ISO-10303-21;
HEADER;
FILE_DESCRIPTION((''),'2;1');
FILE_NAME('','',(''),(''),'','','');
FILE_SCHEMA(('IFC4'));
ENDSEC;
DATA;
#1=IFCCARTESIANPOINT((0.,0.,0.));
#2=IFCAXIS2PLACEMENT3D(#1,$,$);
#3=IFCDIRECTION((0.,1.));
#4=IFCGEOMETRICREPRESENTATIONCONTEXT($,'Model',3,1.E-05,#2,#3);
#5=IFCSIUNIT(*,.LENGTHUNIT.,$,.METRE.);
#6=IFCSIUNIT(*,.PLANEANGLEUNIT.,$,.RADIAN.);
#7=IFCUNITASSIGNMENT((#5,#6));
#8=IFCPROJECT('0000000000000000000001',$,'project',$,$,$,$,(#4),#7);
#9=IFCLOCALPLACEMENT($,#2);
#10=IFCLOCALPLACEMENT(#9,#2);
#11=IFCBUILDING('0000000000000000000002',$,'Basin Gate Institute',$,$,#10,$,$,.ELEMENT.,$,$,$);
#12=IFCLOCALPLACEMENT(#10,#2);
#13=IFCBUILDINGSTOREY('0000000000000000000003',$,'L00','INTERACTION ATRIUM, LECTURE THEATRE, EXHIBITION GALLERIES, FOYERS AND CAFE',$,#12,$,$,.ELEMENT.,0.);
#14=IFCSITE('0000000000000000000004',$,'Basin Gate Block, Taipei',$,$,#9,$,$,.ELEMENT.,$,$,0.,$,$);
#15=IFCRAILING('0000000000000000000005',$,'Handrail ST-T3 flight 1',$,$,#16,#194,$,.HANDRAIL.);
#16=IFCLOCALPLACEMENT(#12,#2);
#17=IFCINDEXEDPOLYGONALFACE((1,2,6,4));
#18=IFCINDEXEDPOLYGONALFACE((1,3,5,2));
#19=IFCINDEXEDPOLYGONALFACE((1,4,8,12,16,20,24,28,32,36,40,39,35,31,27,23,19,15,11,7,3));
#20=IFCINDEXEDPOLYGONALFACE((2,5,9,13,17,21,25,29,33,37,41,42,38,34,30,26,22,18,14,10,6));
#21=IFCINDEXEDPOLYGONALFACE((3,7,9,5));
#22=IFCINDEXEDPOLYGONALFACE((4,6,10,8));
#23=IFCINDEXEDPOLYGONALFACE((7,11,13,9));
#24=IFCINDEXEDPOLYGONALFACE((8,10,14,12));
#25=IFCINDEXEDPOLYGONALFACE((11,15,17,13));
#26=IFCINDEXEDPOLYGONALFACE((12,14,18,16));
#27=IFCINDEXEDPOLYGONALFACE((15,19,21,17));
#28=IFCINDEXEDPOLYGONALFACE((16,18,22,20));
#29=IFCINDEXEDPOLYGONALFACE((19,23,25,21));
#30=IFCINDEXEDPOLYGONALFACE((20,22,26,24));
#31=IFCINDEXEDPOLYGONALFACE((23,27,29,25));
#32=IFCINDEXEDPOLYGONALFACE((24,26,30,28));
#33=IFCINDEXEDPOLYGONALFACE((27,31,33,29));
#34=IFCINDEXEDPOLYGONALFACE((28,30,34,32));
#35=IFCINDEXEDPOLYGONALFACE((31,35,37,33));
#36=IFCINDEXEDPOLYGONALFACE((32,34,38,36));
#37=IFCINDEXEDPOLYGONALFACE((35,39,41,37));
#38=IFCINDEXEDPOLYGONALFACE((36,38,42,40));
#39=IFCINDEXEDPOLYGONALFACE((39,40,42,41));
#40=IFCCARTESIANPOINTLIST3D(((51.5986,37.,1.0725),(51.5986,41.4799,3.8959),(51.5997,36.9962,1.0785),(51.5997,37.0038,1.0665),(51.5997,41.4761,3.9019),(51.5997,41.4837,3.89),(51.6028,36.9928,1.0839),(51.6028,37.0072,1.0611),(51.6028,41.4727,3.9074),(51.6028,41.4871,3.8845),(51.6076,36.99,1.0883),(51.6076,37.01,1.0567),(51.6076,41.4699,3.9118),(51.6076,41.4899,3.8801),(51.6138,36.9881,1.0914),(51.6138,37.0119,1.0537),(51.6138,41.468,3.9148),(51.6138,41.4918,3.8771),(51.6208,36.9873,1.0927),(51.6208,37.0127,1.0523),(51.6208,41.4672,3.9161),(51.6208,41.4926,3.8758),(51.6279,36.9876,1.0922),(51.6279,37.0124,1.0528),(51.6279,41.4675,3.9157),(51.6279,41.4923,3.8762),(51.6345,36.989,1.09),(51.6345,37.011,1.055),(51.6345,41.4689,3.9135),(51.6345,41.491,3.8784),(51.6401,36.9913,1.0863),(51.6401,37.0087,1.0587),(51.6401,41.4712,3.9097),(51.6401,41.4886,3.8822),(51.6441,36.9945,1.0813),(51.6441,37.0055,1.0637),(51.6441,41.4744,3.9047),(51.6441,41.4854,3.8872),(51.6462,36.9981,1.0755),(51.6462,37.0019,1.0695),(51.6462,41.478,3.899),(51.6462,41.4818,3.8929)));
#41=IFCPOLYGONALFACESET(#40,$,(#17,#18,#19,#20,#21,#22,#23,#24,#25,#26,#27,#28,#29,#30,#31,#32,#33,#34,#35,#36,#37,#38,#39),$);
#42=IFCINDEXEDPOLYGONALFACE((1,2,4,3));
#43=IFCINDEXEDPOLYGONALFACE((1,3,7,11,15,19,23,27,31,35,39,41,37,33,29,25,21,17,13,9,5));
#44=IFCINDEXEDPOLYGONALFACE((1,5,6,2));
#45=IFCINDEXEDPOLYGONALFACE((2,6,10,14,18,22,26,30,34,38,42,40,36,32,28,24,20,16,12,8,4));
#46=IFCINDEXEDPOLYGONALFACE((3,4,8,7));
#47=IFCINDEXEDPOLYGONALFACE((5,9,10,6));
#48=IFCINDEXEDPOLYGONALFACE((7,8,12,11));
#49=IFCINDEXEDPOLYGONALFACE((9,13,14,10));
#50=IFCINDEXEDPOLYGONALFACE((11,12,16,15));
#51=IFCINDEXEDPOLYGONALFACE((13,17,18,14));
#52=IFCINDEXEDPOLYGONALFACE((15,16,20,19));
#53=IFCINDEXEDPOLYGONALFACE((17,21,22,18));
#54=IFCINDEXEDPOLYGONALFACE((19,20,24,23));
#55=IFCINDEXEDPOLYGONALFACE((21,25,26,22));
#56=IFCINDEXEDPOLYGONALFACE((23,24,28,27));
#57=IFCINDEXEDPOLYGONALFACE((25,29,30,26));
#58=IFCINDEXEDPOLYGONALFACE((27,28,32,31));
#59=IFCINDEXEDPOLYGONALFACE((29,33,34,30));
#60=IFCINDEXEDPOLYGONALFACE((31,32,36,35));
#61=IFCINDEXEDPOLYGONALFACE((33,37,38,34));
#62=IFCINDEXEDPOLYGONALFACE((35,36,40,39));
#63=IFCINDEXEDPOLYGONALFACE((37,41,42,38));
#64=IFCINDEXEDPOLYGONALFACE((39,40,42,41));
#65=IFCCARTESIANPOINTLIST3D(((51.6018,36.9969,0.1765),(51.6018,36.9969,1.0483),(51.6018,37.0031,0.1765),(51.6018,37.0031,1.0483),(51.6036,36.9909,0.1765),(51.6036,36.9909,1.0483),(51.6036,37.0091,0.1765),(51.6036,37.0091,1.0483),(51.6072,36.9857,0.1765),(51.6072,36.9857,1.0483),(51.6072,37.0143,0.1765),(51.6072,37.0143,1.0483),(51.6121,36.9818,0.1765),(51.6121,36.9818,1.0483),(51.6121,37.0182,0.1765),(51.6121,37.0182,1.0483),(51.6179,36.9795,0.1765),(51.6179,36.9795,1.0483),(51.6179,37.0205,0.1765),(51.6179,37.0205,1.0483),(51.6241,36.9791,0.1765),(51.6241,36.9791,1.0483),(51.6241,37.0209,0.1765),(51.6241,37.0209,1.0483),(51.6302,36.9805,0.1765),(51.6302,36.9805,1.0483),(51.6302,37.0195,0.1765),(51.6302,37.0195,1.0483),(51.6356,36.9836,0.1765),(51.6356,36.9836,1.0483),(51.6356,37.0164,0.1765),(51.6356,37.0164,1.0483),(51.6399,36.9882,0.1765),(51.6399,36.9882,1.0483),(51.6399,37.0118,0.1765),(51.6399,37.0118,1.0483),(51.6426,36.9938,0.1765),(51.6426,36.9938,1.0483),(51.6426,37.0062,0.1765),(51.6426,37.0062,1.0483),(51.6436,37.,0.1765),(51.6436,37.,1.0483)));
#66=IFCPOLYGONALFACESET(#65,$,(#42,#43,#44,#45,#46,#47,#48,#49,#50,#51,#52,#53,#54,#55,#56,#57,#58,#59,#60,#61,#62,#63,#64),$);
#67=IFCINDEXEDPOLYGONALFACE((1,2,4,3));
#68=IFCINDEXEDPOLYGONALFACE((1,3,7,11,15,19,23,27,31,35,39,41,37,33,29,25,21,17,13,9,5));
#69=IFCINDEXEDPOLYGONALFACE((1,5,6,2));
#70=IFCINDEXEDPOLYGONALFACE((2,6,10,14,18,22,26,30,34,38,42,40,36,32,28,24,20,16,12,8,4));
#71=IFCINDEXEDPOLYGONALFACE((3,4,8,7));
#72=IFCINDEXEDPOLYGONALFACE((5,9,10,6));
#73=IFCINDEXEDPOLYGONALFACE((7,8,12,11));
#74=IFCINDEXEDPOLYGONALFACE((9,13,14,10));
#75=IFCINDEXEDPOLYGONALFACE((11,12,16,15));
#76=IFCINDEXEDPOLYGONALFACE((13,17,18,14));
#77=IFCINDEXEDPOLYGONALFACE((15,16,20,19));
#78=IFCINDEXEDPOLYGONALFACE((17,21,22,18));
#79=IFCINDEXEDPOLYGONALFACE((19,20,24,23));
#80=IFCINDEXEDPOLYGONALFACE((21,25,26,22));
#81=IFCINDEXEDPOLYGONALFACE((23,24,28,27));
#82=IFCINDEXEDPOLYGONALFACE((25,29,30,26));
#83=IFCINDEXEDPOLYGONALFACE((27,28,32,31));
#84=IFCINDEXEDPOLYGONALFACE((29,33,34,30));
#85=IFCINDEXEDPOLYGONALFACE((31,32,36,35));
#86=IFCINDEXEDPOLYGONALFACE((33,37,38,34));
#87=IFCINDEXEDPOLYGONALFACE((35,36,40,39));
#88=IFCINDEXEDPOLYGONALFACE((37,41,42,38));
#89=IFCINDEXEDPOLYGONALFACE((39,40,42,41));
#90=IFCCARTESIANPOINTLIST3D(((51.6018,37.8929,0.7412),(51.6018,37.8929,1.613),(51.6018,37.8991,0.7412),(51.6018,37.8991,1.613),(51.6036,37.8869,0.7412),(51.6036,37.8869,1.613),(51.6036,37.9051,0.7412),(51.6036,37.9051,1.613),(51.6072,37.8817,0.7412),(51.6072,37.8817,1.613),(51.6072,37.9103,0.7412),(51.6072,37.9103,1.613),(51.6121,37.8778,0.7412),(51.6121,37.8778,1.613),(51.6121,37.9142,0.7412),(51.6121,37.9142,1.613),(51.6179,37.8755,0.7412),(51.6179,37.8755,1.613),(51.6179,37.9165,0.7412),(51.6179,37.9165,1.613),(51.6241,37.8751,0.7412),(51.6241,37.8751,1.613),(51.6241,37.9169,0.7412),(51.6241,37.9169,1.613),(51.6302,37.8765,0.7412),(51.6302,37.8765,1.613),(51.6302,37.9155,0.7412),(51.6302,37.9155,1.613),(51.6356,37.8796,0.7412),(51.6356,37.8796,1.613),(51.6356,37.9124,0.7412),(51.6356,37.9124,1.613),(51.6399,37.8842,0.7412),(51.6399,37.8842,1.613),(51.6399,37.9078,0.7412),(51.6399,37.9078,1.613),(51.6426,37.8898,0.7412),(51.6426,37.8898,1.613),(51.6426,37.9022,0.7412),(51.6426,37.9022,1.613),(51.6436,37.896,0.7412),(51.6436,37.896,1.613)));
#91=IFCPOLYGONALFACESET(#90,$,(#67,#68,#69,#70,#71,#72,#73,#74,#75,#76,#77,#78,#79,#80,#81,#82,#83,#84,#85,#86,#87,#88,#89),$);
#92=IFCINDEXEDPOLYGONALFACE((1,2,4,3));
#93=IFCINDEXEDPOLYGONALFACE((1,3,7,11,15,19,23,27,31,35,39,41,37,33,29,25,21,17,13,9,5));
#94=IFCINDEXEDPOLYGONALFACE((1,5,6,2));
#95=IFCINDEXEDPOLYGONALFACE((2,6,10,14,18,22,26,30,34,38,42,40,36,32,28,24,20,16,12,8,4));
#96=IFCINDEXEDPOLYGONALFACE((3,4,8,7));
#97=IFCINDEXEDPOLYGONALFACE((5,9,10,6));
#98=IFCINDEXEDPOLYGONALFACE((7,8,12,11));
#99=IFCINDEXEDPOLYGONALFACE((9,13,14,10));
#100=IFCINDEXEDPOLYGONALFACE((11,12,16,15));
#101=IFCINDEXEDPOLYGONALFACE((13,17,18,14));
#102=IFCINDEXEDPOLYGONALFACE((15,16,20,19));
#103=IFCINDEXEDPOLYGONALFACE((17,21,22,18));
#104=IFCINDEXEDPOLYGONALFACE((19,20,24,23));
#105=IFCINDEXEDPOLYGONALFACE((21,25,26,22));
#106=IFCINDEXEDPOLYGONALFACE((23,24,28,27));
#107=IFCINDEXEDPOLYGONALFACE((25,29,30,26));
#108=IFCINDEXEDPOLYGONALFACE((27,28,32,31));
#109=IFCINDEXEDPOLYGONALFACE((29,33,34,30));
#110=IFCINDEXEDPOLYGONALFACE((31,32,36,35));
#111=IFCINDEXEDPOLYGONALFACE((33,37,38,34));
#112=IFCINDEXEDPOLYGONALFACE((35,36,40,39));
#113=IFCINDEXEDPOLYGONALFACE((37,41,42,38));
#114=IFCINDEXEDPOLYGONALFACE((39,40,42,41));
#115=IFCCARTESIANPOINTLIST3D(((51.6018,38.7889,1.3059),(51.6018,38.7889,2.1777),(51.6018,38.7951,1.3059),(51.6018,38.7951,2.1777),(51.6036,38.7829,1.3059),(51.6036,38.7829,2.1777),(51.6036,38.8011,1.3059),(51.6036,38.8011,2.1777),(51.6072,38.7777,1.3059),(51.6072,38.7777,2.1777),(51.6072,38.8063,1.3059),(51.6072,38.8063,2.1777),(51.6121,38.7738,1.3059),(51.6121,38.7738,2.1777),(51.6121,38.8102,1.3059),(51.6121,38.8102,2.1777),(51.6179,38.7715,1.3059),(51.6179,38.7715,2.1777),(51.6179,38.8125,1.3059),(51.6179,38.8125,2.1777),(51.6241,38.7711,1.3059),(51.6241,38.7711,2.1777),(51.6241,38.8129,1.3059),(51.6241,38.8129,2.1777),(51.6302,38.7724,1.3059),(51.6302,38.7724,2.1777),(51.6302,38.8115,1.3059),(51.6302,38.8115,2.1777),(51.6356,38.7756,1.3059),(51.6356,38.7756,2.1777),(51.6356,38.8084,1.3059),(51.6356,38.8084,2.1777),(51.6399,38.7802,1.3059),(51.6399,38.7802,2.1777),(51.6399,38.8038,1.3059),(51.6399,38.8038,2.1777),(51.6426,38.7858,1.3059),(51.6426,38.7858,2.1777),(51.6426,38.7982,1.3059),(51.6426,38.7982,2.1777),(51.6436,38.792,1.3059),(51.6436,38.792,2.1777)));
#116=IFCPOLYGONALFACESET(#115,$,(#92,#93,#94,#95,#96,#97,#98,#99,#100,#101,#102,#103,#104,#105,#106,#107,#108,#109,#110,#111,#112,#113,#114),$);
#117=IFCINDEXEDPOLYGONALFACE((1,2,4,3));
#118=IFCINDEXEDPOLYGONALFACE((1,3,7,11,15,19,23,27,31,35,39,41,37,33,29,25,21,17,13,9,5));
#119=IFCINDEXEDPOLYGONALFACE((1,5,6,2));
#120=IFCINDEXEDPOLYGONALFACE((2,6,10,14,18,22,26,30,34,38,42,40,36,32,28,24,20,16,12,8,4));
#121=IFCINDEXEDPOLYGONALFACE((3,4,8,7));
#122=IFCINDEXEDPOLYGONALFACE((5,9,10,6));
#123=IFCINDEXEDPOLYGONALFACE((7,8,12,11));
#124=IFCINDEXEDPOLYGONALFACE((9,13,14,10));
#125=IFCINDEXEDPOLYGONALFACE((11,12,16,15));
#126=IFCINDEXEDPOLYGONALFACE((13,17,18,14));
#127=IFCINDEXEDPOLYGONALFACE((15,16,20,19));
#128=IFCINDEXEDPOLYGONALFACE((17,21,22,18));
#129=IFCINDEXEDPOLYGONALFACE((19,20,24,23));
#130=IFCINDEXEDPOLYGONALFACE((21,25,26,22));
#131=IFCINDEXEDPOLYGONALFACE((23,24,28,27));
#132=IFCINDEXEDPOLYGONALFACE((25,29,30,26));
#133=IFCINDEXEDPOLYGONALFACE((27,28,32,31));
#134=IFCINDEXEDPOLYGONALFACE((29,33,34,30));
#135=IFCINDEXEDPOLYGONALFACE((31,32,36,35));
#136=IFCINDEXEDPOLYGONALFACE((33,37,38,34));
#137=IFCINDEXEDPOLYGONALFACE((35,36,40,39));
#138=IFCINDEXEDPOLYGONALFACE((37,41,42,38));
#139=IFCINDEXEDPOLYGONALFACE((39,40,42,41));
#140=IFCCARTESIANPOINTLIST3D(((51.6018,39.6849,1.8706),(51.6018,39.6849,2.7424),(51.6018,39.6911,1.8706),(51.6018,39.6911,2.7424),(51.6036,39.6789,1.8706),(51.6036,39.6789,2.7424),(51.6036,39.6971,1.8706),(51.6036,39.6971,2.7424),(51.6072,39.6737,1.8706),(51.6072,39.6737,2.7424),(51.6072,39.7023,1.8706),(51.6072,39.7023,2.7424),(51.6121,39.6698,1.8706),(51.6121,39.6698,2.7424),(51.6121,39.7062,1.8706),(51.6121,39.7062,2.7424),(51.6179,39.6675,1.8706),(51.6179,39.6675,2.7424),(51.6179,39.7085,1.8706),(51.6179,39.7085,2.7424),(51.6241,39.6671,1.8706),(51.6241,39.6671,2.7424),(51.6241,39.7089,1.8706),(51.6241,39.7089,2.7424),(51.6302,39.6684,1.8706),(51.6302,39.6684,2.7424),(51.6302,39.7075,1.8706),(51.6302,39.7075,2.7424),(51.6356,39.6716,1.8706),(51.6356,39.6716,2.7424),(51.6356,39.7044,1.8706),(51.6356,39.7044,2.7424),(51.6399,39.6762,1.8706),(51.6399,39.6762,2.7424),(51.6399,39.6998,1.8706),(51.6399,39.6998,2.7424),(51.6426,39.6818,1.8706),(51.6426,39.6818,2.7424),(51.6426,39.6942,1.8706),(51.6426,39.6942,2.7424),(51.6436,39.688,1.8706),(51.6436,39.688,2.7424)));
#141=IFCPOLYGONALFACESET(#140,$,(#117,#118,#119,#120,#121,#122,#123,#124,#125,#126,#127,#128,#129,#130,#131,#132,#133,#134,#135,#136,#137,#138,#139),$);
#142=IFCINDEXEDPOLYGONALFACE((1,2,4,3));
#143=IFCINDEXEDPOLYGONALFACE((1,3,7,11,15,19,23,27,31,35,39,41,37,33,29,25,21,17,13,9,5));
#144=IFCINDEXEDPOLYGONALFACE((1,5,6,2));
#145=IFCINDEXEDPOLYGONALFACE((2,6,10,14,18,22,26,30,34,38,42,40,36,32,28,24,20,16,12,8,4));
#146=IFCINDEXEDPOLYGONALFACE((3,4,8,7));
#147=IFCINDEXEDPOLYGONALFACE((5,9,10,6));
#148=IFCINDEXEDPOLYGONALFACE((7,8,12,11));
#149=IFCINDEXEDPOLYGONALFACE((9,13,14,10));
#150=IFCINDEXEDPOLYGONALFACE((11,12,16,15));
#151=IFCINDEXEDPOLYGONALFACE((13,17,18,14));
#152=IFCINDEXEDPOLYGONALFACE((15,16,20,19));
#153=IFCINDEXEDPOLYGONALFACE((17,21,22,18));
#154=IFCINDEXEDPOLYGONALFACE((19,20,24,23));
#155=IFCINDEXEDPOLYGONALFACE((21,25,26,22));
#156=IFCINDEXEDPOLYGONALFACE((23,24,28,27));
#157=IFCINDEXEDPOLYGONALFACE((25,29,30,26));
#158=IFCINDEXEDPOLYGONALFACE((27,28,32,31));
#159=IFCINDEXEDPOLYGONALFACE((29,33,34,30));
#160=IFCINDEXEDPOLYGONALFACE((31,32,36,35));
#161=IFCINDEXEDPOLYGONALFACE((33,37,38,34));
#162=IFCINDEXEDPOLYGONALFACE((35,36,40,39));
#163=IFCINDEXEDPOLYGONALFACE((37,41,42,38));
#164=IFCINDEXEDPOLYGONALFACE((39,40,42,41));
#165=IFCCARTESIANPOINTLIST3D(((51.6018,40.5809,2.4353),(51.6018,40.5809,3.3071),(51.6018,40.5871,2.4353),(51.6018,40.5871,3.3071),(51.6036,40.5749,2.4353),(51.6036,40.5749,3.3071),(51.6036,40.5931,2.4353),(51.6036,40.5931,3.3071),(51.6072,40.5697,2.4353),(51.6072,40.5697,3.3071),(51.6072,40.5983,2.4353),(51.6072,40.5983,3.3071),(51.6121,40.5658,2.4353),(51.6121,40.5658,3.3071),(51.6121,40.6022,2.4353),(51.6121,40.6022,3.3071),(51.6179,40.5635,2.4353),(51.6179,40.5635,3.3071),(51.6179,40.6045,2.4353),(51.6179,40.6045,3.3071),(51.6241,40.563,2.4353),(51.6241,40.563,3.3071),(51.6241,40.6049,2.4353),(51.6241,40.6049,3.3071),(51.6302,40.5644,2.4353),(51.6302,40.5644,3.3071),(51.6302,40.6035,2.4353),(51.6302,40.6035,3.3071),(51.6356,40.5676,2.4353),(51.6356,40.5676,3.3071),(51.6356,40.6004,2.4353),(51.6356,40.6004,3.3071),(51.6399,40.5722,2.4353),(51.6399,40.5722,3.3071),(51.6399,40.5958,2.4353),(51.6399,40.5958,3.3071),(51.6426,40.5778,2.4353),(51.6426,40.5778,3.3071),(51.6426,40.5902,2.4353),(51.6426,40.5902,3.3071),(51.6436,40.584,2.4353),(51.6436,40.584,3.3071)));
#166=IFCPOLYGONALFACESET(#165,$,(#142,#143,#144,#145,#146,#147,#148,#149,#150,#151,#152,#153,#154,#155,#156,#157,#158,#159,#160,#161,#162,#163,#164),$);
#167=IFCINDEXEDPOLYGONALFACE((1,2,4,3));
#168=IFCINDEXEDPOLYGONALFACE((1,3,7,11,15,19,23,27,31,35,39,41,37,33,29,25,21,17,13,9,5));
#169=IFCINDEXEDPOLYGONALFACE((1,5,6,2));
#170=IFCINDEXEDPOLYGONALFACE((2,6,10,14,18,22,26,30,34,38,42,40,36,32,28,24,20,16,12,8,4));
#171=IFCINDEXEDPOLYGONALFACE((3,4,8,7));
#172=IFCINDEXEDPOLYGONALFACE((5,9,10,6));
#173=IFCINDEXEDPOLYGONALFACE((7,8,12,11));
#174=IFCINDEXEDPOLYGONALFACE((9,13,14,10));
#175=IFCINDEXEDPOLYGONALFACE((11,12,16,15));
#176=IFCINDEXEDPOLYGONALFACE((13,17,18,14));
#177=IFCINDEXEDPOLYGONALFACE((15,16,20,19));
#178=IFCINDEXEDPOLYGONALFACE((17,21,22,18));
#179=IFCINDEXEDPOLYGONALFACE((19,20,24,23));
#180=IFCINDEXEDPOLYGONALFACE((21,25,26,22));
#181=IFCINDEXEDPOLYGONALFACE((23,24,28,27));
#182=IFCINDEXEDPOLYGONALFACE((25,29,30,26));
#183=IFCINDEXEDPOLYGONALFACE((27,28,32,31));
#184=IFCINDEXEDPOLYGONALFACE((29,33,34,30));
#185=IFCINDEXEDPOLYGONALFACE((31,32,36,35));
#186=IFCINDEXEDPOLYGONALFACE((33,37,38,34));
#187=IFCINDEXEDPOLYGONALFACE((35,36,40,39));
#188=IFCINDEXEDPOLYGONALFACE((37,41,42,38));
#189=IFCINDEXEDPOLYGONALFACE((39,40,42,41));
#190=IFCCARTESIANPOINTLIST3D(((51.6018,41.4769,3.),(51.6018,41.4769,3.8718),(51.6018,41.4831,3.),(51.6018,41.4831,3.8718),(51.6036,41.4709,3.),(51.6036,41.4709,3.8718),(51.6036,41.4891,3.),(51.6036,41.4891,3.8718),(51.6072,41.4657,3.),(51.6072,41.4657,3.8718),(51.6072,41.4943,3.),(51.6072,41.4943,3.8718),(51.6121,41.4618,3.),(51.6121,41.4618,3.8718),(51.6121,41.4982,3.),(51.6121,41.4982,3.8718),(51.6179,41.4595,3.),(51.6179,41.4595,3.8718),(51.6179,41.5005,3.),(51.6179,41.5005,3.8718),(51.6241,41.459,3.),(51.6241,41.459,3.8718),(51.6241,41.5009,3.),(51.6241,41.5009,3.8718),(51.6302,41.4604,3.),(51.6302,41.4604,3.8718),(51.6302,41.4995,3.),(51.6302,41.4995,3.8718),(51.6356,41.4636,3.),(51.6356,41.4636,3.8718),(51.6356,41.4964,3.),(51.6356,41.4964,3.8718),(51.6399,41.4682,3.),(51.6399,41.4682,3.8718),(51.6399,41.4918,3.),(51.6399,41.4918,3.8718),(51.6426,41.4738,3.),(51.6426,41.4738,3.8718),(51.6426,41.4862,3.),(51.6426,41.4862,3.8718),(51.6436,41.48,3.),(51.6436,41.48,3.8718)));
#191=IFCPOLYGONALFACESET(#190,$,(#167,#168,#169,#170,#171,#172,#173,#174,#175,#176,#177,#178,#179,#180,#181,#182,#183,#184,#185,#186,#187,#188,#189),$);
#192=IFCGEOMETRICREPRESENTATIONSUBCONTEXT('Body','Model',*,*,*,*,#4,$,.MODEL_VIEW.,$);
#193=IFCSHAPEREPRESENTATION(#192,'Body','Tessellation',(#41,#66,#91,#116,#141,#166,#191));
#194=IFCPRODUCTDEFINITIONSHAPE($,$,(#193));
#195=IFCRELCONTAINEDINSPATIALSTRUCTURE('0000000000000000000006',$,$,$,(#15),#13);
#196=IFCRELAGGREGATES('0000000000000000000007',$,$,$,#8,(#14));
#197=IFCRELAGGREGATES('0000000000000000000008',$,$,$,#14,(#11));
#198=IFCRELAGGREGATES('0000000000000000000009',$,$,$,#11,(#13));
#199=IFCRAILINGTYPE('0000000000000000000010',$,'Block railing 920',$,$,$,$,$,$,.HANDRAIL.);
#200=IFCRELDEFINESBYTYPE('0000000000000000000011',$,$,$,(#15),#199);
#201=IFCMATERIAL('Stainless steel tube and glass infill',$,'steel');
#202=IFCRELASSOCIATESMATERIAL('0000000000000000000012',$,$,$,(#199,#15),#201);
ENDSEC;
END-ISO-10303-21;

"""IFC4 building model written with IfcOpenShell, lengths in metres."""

from ifc_helpers import new_model, si_unit, direction, frame, origin, origin_2d, place, context, subcontext, project, spatial, circle, extrude, material, type_object, element, save


model = new_model("IFC4")

# Units and contexts
model_context = context("Model", 3, precision=1e-05, world=origin(), true_north=direction((0.0, 1.0)))
body_context = subcontext(model_context, "Body", "Model", "MODEL_VIEW")
ifc_project = project(units=[si_unit("LENGTHUNIT", "METRE"), si_unit("PLANEANGLEUNIT", "RADIAN")], contexts=[model_context])

# Site, building, storey
site_placement = place(None, origin())
site = spatial("IfcSite", under=ifc_project, at=site_placement, Name="Basin Gate Block, Taipei", CompositionType="ELEMENT", RefElevation=0.0)
building_placement = place(site_placement, origin())
building = spatial("IfcBuilding", under=site, at=building_placement, Name="Basin Gate Institute", CompositionType="ELEMENT")
storey_placement = place(building_placement, origin())
storey = spatial("IfcBuildingStorey", under=building, at=storey_placement, Name="L00", Description="INTERACTION ATRIUM, LECTURE THEATRE, EXHIBITION GALLERIES, FOYERS AND CAFE", CompositionType="ELEMENT", Elevation=0.0)

# Railing
ifc_material_1 = material(Name="Stainless steel tube and glass infill", Category="steel")
railing_type_1 = type_object("IfcRailingType", Name="Block railing 920", PredefinedType="HANDRAIL", material=ifc_material_1)
for number, where, name in (
    (1, (51.6226, 37.0, 0.1765), "Handrail ST-T3 flight 1"),
):
    element("IfcRailing", number, at=place(storey_placement, frame(where)), inside=storey, type_object=railing_type_1, material=ifc_material_1, Name=name, PredefinedType="HANDRAIL", context=body_context, shape_type="SweptSolid", body=[
        extrude(circle(Radius=0.0239, at=origin_2d()), frame((0.0, 0.0, 0.896), z_axis=(0.0, 0.845998, 0.533186), x_axis=(-1.0, 0.0, 0.0)), (0.0, 0.0, 1.0), 5.2954),
        extrude(circle(Radius=0.021, at=origin_2d()), origin(), (0.0, 0.0, 1.0), 0.8718),
        extrude(circle(Radius=0.021, at=origin_2d()), frame((0.0, 0.896, 0.5647)), (0.0, 0.0, 1.0), 0.8718),
        extrude(circle(Radius=0.021, at=origin_2d()), frame((0.0, 1.792, 1.1294)), (0.0, 0.0, 1.0), 0.8718),
        extrude(circle(Radius=0.021, at=origin_2d()), frame((0.0, 2.688, 1.6941)), (0.0, 0.0, 1.0), 0.8718),
        extrude(circle(Radius=0.021, at=origin_2d()), frame((0.0, 3.584, 2.2588)), (0.0, 0.0, 1.0), 0.8718),
        extrude(circle(Radius=0.021, at=origin_2d()), frame((0.0, 4.48, 2.8235)), (0.0, 0.0, 1.0), 0.8718),
    ])

save(model, "model.ifc")
